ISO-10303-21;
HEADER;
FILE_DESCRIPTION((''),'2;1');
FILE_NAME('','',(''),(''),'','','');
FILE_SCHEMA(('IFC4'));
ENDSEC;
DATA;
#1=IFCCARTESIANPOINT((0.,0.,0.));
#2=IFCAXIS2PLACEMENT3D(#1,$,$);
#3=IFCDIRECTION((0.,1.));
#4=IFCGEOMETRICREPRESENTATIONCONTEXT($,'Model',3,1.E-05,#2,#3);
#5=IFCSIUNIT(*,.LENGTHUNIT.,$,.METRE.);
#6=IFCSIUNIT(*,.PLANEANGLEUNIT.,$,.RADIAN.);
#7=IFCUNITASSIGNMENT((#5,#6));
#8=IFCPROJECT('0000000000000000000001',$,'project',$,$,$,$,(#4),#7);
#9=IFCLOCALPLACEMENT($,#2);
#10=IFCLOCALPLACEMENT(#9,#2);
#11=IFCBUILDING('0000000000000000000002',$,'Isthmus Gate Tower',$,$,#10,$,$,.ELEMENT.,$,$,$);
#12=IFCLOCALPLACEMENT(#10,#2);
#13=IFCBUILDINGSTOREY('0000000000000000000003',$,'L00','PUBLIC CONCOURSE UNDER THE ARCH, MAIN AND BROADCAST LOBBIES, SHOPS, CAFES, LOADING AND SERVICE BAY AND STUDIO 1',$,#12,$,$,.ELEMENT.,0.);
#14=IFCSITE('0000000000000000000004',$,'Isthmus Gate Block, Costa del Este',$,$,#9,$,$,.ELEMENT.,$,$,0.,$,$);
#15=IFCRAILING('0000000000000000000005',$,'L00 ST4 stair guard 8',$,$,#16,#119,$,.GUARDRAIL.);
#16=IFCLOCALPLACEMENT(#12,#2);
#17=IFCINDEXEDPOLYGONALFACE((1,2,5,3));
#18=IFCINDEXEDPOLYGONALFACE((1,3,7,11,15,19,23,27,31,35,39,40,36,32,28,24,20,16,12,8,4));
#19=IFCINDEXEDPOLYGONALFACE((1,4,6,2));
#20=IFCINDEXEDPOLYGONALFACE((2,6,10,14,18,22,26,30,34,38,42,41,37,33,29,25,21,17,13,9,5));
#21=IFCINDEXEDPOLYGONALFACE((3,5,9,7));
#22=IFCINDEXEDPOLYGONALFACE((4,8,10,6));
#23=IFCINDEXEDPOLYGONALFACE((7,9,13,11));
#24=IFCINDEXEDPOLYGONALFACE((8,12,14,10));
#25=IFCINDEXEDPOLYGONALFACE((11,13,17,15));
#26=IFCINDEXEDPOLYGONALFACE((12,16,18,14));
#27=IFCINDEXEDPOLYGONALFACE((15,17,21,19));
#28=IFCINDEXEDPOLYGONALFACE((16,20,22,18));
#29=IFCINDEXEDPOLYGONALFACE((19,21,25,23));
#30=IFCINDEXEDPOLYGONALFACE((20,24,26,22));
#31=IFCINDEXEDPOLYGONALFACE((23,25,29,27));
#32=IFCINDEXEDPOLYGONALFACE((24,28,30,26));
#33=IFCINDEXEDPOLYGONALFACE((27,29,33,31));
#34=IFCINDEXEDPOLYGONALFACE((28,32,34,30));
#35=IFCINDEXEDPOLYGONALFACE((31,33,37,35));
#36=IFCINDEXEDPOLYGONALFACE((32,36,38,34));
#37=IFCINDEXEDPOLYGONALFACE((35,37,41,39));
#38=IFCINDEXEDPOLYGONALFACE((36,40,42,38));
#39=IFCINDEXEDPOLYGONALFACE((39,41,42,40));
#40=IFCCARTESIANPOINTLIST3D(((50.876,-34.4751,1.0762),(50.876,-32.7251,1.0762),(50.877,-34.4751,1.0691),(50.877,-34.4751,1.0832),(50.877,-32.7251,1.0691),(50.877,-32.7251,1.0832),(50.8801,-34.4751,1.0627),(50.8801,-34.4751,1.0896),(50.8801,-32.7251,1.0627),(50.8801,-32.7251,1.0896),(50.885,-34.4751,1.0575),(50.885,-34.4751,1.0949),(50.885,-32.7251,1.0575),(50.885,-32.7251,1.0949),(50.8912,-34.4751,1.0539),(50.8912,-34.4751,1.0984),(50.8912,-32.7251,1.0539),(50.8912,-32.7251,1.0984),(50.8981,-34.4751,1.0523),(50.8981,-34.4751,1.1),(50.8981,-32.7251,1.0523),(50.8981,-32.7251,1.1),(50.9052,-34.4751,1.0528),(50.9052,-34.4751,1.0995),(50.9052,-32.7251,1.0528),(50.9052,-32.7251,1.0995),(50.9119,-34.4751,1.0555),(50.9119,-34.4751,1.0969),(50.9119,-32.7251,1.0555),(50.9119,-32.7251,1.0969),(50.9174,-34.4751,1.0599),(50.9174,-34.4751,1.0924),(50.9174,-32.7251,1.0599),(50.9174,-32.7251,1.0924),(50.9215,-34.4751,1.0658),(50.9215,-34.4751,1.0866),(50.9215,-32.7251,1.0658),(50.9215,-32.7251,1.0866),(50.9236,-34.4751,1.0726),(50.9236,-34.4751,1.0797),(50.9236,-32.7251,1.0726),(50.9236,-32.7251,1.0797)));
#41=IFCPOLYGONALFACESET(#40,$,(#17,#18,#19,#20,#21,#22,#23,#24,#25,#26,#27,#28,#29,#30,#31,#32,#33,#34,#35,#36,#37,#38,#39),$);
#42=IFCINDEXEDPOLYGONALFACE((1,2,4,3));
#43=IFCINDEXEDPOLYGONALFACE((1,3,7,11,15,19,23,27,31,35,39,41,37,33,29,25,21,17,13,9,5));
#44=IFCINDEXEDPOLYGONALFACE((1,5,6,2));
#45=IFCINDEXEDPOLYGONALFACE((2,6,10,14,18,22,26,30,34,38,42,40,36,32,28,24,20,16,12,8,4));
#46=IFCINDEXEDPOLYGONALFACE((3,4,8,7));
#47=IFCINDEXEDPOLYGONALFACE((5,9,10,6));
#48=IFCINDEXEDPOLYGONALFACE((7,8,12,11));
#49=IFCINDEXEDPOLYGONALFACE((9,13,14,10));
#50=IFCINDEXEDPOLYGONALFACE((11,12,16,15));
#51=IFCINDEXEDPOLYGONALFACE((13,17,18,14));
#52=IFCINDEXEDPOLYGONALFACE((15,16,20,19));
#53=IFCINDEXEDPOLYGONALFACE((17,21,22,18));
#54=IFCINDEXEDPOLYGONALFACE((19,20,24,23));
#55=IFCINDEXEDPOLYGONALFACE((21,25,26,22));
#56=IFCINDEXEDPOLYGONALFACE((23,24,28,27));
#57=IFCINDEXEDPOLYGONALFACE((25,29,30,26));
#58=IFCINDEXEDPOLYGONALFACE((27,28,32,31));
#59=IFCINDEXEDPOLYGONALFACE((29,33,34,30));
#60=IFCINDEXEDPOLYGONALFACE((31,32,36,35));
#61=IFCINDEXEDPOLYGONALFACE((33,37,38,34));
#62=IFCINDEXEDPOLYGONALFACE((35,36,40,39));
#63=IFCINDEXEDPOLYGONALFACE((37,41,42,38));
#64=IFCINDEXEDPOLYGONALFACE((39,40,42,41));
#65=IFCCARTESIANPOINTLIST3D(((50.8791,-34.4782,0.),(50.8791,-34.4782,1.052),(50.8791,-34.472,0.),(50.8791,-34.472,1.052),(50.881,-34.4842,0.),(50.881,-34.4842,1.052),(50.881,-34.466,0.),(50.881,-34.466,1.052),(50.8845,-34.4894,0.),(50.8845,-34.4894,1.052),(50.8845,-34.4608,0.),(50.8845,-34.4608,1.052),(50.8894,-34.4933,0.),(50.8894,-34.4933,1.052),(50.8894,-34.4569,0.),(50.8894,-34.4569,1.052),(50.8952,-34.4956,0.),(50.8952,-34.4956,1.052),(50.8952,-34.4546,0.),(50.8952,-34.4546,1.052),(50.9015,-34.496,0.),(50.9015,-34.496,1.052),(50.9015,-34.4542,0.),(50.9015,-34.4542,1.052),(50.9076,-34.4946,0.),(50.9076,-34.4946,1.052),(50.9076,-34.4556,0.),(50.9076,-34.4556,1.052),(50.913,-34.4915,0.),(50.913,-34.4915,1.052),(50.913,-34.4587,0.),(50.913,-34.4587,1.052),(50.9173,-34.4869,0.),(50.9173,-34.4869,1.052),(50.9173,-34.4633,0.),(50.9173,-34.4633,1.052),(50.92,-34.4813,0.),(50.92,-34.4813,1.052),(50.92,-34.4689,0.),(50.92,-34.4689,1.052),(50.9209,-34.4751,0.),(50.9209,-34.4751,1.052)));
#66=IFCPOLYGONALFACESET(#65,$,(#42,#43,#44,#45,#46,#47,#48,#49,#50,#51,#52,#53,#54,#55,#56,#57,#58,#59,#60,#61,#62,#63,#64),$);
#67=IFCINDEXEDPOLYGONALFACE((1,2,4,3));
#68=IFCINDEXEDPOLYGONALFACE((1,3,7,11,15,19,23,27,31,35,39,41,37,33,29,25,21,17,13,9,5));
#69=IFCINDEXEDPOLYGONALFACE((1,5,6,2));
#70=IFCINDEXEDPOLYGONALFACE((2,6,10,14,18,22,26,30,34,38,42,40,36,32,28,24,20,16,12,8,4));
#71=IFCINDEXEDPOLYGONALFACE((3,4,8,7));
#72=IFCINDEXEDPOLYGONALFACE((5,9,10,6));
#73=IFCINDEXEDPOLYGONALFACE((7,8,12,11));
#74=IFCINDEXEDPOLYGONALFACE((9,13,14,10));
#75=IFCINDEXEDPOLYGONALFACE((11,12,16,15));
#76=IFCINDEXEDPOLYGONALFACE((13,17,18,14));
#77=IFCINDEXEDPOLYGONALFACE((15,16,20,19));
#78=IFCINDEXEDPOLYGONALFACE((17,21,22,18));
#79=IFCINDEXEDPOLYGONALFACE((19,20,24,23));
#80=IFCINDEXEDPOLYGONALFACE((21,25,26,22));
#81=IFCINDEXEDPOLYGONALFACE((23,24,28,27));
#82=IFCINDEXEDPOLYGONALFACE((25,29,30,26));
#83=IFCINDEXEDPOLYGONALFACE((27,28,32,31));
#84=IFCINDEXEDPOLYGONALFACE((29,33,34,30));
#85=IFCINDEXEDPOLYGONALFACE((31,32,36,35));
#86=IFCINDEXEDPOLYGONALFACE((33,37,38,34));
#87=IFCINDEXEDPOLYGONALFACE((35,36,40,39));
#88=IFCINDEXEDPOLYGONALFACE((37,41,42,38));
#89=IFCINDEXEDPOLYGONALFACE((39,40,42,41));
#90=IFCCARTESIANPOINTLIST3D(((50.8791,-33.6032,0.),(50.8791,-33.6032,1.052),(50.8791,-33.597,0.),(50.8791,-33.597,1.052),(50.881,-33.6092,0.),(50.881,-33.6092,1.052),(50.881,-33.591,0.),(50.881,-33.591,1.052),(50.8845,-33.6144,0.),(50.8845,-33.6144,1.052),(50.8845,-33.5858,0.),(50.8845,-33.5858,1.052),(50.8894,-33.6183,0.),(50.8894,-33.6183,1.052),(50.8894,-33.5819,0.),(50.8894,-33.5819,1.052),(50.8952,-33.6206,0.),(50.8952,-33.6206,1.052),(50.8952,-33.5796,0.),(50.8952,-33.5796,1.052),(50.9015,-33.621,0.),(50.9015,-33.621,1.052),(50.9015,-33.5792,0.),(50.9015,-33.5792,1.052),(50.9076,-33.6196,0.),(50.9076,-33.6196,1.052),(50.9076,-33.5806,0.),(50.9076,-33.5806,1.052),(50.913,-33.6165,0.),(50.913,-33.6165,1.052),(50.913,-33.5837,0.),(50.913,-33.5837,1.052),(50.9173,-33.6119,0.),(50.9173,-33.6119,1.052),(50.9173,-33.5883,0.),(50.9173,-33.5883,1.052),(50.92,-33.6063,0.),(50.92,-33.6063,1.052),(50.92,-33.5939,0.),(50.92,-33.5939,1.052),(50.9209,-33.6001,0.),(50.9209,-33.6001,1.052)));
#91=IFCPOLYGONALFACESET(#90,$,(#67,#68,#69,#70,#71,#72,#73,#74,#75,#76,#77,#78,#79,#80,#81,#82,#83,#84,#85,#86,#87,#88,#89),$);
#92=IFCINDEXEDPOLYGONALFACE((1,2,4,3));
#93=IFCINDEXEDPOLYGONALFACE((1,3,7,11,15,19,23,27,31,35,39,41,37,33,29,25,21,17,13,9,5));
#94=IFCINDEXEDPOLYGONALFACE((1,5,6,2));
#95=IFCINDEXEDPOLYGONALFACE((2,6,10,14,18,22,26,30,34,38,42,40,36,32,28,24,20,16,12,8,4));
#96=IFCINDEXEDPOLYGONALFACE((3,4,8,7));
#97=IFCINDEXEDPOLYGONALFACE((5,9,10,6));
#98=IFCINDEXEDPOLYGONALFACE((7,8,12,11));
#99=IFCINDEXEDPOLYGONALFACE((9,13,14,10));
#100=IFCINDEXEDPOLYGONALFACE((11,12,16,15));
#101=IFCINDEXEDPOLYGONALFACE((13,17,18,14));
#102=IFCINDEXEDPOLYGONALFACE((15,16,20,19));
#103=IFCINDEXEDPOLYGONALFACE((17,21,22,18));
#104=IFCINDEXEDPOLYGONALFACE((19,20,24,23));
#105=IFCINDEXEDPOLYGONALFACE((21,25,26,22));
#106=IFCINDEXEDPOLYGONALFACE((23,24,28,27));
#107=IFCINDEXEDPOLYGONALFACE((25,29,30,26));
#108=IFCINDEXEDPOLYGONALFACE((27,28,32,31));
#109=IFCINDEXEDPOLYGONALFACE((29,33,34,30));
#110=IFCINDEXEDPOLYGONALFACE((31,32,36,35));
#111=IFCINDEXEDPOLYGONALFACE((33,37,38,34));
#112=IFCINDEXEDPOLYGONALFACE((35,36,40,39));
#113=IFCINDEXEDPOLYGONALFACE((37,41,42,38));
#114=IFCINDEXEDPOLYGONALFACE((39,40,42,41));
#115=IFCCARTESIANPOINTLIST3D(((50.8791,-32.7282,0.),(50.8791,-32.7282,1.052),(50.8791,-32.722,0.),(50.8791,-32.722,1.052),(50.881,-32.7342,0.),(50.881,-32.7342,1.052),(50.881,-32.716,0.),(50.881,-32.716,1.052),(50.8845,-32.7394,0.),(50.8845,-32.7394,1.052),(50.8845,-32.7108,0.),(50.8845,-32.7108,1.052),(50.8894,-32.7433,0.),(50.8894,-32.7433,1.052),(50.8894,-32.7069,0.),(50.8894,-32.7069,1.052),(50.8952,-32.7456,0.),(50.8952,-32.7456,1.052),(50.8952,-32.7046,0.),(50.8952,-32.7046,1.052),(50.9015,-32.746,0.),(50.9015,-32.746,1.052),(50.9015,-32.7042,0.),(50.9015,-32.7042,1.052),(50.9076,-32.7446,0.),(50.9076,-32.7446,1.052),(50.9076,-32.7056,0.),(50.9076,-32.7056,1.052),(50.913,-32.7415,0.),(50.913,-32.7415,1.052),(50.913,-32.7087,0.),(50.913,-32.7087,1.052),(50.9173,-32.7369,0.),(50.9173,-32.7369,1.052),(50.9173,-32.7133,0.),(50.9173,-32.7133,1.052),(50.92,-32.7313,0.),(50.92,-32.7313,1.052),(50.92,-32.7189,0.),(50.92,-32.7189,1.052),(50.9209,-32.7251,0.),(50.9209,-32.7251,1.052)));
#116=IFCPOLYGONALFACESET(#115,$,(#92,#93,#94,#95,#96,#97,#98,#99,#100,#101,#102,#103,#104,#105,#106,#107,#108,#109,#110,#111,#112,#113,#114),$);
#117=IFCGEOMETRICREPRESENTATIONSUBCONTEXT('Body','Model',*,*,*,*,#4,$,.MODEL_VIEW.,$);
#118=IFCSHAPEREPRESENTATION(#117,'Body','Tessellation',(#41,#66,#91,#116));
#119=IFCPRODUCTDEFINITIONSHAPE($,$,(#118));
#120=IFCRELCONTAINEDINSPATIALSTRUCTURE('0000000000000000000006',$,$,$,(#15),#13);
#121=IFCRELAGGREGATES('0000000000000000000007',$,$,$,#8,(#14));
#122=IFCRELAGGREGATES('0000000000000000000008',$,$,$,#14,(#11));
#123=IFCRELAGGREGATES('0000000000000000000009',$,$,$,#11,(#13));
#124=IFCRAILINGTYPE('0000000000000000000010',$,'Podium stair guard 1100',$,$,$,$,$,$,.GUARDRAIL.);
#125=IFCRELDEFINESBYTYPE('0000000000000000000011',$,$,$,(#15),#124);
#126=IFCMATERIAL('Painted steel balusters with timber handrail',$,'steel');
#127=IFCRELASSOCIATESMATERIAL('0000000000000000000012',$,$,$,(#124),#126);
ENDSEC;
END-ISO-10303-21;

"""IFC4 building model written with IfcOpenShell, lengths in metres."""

from ifc_helpers import new_model, si_unit, direction, frame, origin, origin_2d, place, context, subcontext, project, spatial, circle, extrude, material, type_object, element, save


model = new_model("IFC4")

# Units and contexts
model_context = context("Model", 3, precision=1e-05, world=origin(), true_north=direction((0.0, 1.0)))
body_context = subcontext(model_context, "Body", "Model", "MODEL_VIEW")
ifc_project = project(units=[si_unit("LENGTHUNIT", "METRE"), si_unit("PLANEANGLEUNIT", "RADIAN")], contexts=[model_context])

# Site, building, storey
site_placement = place(None, origin())
site = spatial("IfcSite", under=ifc_project, at=site_placement, Name="Isthmus Gate Block, Costa del Este", CompositionType="ELEMENT", RefElevation=0.0)
building_placement = place(site_placement, origin())
building = spatial("IfcBuilding", under=site, at=building_placement, Name="Isthmus Gate Tower", CompositionType="ELEMENT")
storey_placement = place(building_placement, origin())
storey = spatial("IfcBuildingStorey", under=building, at=storey_placement, Name="L00", Description="PUBLIC CONCOURSE UNDER THE ARCH, MAIN AND BROADCAST LOBBIES, SHOPS, CAFES, LOADING AND SERVICE BAY AND STUDIO 1", CompositionType="ELEMENT", Elevation=0.0)

# Railing
ifc_material_1 = material(Name="Painted steel balusters with timber handrail", Category="steel")
railing_type_1 = type_object("IfcRailingType", Name="Podium stair guard 1100", PredefinedType="GUARDRAIL", material=ifc_material_1)
railing_1_placement = place(storey_placement, frame((50.8999, -34.4751, 0.0)))
element("IfcRailing", 1, at=railing_1_placement, inside=storey, type_object=railing_type_1, Name="L00 ST4 stair guard 8", PredefinedType="GUARDRAIL", context=body_context, shape_type="SweptSolid", body=[
    extrude(circle(Radius=0.0239, at=origin_2d()), frame((0.0, 0.0, 1.0762), z_axis=(0.0, 1.0, 0.0), x_axis=(-1.0, 0.0, 0.0)), (0.0, 0.0, 1.0), 1.75),
    extrude(circle(Radius=0.021, at=origin_2d()), origin(), (0.0, 0.0, 1.0), 1.052),
    extrude(circle(Radius=0.021, at=origin_2d()), frame((0.0, 0.875, 0.0)), (0.0, 0.0, 1.0), 1.052),
    extrude(circle(Radius=0.021, at=origin_2d()), frame((0.0, 1.75, 0.0)), (0.0, 0.0, 1.0), 1.052),
])

save(model, "model.ifc")
